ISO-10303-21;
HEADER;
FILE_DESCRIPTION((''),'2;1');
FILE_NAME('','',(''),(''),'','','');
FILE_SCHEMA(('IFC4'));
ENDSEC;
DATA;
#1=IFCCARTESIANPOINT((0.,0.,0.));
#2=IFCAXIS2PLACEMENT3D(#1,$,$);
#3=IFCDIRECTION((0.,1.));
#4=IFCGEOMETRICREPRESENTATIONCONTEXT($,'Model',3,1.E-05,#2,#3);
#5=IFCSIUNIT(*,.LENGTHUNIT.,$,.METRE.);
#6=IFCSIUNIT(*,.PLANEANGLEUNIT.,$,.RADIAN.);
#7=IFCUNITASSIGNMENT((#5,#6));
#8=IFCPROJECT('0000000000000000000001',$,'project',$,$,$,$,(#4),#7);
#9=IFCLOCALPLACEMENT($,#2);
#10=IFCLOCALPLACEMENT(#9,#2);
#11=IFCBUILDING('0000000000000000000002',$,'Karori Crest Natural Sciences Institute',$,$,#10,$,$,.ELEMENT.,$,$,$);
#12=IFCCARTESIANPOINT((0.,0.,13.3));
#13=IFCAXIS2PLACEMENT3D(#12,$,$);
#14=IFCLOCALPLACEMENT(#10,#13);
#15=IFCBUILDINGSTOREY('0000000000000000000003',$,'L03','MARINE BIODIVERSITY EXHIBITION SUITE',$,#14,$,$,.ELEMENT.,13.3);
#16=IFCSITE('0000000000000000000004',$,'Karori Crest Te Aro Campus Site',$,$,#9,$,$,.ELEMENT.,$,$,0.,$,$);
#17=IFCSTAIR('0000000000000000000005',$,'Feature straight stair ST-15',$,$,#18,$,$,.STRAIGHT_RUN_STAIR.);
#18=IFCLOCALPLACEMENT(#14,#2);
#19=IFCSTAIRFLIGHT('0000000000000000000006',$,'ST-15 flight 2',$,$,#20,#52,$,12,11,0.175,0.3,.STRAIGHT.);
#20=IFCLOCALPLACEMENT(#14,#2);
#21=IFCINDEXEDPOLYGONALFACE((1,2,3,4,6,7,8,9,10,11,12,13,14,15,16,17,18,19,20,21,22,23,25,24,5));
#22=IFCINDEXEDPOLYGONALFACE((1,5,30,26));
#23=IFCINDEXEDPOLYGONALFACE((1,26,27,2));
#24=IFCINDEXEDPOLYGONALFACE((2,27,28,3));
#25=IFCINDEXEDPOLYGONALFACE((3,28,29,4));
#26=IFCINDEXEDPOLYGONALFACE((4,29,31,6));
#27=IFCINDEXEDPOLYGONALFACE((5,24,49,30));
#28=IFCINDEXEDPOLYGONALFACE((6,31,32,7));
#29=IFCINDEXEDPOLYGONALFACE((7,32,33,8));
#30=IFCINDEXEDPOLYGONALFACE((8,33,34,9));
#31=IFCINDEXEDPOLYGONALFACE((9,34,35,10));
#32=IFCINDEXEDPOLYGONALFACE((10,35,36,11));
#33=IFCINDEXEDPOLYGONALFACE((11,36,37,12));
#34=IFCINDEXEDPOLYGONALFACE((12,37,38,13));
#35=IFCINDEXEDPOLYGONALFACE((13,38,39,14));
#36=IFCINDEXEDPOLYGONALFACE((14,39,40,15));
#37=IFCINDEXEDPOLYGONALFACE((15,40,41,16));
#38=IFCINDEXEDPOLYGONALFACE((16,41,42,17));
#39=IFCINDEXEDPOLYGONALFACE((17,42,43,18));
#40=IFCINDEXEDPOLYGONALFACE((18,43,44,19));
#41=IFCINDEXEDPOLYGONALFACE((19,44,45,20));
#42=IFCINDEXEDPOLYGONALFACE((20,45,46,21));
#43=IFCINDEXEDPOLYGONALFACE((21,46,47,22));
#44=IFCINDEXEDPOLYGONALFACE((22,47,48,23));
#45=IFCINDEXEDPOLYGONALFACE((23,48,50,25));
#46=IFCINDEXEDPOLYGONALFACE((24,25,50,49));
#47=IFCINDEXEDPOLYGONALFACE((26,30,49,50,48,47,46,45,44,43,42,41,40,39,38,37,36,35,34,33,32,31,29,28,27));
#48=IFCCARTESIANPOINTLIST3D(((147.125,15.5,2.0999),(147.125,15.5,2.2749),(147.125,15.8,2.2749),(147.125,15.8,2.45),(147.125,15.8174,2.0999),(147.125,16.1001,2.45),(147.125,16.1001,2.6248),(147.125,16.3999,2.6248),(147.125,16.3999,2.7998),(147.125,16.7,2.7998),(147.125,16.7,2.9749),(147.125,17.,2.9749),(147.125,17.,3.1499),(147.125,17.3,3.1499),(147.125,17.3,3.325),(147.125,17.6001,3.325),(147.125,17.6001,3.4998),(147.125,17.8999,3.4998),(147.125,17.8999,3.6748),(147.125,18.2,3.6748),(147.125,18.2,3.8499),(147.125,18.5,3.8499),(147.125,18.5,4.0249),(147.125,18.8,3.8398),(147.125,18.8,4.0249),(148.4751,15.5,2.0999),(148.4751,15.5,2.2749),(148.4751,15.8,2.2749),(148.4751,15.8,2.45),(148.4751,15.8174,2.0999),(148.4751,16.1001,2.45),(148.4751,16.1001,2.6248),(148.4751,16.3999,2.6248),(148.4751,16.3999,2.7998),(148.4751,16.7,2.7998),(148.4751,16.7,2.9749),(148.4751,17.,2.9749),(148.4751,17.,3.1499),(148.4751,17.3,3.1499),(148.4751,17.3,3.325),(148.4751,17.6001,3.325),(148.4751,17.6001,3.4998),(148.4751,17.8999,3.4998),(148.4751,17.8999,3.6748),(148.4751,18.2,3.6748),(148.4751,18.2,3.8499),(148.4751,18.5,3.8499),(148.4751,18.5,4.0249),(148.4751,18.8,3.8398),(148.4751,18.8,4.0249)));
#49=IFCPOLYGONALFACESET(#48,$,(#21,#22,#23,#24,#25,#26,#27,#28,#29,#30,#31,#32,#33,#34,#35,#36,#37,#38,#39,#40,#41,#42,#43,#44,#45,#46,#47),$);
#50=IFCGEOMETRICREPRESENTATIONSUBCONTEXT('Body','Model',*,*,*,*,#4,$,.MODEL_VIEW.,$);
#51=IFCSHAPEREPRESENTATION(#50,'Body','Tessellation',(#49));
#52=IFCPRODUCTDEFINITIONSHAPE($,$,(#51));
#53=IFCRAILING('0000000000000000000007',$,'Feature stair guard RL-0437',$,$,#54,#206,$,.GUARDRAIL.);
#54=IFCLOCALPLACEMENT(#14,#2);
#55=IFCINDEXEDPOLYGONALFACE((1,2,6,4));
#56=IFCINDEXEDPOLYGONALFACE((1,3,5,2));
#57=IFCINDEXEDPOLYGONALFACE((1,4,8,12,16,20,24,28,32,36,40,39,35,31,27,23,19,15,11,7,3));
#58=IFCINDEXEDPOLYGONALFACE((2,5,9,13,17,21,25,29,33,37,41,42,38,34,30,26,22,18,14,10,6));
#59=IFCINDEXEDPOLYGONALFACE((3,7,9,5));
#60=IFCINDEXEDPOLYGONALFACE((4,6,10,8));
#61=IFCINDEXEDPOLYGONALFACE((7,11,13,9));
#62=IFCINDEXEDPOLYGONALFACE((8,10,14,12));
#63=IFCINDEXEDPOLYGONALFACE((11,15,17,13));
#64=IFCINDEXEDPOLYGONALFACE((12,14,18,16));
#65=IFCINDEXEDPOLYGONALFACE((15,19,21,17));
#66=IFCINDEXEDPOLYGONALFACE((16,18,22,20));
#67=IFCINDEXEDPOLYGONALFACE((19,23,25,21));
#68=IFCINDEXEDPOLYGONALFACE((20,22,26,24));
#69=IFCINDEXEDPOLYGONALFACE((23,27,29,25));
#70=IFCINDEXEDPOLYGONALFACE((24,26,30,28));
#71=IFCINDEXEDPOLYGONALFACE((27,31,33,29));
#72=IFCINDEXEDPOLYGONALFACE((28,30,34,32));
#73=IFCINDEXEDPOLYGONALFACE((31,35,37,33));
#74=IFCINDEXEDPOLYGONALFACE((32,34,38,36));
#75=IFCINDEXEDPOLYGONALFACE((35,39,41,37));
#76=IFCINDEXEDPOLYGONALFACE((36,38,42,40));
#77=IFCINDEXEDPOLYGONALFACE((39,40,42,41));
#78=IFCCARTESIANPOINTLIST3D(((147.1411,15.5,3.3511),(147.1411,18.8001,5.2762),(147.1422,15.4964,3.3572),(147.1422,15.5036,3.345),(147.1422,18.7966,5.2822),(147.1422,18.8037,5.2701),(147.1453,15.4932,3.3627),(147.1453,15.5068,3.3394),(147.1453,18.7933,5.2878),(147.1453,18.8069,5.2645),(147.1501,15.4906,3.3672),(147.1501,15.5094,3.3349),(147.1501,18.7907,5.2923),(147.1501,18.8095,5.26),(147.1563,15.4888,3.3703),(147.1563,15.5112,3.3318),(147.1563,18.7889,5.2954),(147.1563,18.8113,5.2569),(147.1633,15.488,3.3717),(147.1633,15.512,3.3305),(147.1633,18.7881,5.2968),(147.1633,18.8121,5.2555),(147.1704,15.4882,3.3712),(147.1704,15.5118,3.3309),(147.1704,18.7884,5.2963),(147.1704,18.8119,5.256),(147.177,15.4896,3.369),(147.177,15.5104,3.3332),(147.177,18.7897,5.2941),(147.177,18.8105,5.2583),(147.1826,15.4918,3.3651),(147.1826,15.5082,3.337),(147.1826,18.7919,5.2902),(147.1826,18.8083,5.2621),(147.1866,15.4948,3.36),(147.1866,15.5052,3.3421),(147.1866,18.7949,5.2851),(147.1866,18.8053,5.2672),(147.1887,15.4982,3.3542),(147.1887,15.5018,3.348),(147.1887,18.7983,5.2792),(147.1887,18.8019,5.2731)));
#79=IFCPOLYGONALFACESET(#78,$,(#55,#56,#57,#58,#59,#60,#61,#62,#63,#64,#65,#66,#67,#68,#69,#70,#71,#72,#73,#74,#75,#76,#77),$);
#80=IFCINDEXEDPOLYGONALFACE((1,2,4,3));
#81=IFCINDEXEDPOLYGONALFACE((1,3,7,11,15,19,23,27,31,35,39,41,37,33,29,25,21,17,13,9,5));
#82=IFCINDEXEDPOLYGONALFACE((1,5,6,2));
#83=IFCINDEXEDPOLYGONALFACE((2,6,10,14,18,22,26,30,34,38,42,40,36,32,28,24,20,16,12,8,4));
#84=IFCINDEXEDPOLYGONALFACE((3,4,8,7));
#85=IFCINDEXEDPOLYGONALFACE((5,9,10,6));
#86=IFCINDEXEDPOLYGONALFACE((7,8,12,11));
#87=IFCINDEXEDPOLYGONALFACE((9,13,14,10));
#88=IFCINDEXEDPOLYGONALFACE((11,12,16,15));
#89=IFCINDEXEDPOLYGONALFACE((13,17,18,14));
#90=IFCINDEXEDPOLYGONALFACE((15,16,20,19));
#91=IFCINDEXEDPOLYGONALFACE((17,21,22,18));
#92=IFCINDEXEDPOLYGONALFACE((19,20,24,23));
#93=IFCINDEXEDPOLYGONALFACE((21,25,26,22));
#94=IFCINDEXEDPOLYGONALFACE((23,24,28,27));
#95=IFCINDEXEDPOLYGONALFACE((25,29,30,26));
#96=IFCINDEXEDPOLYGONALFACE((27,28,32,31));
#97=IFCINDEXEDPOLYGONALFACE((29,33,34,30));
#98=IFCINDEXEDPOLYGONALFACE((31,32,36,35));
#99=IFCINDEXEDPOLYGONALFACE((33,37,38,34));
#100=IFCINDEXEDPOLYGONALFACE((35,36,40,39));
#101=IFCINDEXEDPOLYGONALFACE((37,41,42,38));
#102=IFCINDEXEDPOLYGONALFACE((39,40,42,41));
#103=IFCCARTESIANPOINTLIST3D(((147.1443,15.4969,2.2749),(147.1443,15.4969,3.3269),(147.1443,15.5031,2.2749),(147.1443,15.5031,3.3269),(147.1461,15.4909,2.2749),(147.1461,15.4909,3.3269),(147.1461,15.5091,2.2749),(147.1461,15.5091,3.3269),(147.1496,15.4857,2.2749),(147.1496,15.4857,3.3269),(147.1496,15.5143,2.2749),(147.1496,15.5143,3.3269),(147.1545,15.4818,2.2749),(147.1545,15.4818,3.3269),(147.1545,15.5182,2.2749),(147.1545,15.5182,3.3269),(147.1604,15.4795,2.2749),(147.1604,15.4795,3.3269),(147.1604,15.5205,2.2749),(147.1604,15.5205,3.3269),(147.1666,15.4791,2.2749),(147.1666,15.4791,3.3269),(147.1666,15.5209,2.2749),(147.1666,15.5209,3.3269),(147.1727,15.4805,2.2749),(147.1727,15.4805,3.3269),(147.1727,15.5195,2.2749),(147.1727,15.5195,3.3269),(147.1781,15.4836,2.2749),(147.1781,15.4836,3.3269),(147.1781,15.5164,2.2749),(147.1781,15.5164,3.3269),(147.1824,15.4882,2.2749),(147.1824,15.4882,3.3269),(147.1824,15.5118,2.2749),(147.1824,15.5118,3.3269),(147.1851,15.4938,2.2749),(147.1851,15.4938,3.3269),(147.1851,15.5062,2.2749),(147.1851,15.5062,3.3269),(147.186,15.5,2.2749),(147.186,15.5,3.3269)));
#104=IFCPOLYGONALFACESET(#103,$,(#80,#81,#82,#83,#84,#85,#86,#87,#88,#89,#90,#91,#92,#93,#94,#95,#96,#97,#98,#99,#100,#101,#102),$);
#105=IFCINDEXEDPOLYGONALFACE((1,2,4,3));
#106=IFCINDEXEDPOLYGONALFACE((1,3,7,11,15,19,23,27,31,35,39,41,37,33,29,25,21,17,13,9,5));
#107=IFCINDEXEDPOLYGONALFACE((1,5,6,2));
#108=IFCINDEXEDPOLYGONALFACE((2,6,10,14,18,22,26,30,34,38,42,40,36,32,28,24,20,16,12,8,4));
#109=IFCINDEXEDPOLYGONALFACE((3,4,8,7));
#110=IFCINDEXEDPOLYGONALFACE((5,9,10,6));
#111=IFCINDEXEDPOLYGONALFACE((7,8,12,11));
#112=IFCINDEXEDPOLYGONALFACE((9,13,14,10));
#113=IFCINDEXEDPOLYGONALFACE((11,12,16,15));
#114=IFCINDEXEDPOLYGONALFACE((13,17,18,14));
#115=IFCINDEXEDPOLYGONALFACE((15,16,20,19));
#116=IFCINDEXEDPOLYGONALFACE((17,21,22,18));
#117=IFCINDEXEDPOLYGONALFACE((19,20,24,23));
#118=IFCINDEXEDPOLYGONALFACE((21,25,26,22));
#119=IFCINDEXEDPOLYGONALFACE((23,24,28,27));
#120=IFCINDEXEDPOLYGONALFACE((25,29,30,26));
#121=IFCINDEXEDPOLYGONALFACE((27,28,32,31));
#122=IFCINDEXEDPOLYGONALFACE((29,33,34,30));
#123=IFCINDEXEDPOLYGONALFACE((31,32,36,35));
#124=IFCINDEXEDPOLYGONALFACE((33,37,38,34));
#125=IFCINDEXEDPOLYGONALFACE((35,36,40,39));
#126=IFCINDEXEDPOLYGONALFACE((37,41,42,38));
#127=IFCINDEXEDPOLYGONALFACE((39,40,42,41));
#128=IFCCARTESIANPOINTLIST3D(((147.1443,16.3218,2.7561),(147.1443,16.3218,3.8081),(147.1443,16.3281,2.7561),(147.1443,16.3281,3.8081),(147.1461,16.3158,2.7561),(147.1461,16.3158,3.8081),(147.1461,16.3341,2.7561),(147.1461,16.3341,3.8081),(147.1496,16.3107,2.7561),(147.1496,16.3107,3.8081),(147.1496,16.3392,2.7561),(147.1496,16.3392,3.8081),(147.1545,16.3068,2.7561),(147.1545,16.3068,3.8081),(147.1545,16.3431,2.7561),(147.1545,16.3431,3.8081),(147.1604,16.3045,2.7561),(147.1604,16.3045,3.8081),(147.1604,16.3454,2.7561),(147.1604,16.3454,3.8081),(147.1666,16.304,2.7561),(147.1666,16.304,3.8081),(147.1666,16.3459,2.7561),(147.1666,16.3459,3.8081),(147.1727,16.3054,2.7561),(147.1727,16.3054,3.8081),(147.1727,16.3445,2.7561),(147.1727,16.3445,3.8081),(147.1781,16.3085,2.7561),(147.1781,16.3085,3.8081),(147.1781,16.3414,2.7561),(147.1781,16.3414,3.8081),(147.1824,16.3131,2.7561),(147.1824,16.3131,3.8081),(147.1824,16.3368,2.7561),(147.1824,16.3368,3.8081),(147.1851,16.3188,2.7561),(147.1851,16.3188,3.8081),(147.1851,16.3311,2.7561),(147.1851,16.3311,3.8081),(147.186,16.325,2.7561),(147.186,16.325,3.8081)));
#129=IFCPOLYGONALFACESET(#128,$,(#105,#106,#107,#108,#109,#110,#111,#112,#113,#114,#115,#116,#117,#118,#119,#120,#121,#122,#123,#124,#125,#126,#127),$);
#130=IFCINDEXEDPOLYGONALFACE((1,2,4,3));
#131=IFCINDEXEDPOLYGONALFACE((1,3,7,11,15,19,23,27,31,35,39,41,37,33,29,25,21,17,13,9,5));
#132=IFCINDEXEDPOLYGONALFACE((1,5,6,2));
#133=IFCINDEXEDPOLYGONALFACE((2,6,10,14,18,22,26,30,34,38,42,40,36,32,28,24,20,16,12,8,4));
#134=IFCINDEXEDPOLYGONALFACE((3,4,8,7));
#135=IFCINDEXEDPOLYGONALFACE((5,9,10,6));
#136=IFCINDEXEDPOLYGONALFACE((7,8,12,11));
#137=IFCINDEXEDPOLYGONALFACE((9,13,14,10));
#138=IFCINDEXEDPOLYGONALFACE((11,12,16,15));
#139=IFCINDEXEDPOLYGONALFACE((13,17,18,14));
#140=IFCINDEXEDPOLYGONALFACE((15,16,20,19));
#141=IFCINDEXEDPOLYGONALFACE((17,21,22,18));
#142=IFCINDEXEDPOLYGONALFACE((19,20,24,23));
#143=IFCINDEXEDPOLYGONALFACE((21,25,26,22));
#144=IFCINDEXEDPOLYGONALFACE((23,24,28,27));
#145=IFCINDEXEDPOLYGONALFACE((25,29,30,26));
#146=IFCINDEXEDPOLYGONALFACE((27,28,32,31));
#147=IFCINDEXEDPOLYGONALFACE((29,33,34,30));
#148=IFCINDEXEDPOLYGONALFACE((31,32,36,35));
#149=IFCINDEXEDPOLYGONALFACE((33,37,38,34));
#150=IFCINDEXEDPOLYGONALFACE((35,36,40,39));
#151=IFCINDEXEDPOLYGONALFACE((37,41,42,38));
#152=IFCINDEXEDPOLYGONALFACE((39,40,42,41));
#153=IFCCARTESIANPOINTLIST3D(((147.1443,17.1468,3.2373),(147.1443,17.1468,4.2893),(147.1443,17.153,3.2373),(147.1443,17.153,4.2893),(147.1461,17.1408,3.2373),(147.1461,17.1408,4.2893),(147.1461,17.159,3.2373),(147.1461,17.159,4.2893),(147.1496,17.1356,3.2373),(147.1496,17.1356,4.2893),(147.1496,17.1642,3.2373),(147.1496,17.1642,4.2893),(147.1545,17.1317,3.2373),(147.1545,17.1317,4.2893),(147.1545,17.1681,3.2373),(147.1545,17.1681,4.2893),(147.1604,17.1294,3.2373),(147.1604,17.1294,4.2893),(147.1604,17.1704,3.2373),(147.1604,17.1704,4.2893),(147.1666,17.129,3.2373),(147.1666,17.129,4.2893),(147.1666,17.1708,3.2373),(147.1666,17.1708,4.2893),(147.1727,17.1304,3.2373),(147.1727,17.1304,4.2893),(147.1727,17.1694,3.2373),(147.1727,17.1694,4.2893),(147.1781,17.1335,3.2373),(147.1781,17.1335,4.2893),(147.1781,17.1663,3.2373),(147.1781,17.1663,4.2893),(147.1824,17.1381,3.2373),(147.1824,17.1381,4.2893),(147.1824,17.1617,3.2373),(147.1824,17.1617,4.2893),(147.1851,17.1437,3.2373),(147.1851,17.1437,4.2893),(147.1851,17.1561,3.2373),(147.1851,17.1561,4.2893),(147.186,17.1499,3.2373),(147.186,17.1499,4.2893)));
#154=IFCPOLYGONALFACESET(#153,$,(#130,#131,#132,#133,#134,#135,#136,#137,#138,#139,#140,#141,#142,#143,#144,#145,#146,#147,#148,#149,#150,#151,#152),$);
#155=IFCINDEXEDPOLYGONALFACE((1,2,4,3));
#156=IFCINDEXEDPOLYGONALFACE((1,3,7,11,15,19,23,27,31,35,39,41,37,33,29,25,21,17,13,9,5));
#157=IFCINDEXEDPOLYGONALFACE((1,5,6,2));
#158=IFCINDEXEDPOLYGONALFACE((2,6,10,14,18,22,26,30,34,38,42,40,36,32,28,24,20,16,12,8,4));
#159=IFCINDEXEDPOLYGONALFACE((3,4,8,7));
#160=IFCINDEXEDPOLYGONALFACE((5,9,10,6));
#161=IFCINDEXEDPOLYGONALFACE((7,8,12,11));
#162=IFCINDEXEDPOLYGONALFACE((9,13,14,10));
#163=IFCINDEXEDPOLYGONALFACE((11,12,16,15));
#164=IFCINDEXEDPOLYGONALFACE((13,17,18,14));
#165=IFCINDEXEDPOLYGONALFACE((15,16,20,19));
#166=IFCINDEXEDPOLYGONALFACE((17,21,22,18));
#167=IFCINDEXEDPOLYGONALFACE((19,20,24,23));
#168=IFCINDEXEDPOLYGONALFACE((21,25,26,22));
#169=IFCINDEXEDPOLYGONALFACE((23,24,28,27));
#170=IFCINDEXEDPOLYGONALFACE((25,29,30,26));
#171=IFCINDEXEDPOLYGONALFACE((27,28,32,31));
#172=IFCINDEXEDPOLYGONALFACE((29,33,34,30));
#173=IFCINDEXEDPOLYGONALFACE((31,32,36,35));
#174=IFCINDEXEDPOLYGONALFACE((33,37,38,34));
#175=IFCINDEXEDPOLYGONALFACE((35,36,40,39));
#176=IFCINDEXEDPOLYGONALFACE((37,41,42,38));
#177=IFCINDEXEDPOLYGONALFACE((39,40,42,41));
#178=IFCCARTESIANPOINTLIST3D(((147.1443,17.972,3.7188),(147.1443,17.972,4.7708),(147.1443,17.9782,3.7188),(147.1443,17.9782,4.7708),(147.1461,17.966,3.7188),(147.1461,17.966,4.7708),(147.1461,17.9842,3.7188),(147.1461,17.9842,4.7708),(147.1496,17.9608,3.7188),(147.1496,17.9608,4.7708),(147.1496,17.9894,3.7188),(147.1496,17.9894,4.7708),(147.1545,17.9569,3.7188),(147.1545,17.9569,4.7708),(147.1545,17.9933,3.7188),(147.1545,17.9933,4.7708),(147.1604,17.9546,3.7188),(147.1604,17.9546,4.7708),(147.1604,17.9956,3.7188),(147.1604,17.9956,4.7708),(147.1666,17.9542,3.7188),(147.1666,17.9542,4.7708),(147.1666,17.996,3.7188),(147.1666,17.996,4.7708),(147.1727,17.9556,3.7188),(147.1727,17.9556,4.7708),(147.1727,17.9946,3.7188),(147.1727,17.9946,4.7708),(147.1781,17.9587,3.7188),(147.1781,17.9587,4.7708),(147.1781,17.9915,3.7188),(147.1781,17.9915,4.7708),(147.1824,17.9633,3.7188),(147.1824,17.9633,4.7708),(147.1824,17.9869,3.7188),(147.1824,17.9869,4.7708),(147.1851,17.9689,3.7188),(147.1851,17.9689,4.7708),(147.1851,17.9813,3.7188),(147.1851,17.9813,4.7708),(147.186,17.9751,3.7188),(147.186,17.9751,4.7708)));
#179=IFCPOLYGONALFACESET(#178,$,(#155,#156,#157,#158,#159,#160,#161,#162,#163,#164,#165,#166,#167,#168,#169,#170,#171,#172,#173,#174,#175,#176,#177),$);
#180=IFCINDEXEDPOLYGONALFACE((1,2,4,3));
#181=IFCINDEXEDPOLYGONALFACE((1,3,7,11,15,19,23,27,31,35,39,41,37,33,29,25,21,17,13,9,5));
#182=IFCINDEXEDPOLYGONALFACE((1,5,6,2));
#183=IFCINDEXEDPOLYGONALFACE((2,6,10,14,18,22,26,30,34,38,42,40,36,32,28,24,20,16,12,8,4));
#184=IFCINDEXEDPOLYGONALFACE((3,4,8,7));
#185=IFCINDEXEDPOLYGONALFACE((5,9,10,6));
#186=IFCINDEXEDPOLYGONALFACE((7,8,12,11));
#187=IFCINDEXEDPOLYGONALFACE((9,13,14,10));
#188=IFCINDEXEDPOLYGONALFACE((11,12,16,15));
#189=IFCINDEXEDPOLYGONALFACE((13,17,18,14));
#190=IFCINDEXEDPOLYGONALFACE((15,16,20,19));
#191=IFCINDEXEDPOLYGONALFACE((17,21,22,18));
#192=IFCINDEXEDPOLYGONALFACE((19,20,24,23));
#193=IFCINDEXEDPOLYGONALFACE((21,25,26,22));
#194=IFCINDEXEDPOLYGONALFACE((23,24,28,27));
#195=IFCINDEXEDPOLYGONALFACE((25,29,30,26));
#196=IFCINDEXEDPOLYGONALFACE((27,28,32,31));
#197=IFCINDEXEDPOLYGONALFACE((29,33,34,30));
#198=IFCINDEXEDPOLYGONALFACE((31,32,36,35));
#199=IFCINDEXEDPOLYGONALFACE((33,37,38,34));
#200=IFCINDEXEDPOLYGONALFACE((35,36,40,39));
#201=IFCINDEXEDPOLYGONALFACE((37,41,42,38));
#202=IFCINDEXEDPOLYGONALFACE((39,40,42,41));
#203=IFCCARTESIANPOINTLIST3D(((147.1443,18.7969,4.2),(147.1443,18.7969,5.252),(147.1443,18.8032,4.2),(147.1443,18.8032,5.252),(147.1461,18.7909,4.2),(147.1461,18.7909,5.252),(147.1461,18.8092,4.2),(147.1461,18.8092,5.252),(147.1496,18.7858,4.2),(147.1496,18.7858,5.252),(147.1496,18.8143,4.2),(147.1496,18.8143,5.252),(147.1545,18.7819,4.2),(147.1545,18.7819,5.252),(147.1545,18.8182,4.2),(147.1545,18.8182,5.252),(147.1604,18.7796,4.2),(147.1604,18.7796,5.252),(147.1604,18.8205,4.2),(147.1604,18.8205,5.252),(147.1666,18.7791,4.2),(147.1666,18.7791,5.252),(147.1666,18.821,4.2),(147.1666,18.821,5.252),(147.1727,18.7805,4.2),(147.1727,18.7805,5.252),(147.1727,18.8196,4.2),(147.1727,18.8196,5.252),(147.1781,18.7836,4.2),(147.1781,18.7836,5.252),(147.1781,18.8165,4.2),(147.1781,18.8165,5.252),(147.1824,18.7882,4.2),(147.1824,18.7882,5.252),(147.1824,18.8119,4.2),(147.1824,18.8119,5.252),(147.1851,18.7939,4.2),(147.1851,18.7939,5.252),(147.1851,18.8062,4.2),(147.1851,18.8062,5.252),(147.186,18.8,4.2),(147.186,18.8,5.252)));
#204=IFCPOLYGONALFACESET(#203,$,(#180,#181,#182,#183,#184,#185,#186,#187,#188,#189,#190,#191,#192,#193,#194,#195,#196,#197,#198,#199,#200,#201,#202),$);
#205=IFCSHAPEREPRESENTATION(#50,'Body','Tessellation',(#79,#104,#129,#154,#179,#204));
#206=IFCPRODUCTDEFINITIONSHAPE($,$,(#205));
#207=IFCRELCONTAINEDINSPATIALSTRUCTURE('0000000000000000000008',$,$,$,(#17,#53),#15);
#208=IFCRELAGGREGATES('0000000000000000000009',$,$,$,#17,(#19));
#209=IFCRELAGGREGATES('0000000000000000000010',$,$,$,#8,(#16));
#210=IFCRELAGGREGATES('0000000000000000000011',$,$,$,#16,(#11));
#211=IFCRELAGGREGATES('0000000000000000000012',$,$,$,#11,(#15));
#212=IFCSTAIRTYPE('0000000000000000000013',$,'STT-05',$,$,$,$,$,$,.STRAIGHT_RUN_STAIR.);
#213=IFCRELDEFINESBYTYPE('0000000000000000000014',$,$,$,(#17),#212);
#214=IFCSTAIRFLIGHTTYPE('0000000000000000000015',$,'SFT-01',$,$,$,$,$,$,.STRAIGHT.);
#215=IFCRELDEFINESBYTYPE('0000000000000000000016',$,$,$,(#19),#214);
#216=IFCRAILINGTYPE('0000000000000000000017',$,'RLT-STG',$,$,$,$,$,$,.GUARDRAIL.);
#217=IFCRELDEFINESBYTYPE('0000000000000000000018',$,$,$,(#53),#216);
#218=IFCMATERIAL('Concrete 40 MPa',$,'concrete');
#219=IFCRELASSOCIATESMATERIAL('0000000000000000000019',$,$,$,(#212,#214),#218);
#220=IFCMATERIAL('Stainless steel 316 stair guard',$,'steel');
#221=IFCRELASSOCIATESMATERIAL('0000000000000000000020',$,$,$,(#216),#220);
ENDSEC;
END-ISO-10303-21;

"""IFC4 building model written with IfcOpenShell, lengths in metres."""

from ifc_helpers import new_model, si_unit, direction, frame, origin, origin_2d, place, context, subcontext, project, spatial, polyline, circle, outline, extrude, material, type_object, element, aggregate, save


model = new_model("IFC4")

# Units and contexts
model_context = context("Model", 3, precision=1e-05, world=origin(), true_north=direction((0.0, 1.0)))
body_context = subcontext(model_context, "Body", "Model", "MODEL_VIEW")
ifc_project = project(units=[si_unit("LENGTHUNIT", "METRE"), si_unit("PLANEANGLEUNIT", "RADIAN")], contexts=[model_context])

# Site, building, storey
site_placement = place(None, origin())
site = spatial("IfcSite", under=ifc_project, at=site_placement, Name="Karori Crest Te Aro Campus Site", CompositionType="ELEMENT", RefElevation=0.0)
building_placement = place(site_placement, origin())
building = spatial("IfcBuilding", under=site, at=building_placement, Name="Karori Crest Natural Sciences Institute", CompositionType="ELEMENT")
storey_placement = place(building_placement, frame((0.0, 0.0, 13.3)))
storey = spatial("IfcBuildingStorey", under=building, at=storey_placement, Name="L03", Description="MARINE BIODIVERSITY EXHIBITION SUITE", CompositionType="ELEMENT", Elevation=13.3)

# Stair, stair flight
ifc_material_1 = material(Name="Concrete 40 MPa", Category="concrete")
stair_type = type_object("IfcStairType", Name="STT-05", PredefinedType="STRAIGHT_RUN_STAIR", material=ifc_material_1)
stair_placement = place(storey_placement, origin())
stair = element("IfcStair", 1, at=stair_placement, inside=storey, type_object=stair_type, Name="Feature straight stair ST-15", PredefinedType="STRAIGHT_RUN_STAIR")
stair_flight_type = type_object("IfcStairFlightType", Name="SFT-01", PredefinedType="STRAIGHT", material=ifc_material_1)
stair_flight_placement = place(storey_placement, frame((147.8, 15.5, 2.0999), z_axis=(0.0, 0.0, 1.0), x_axis=(0.0, 1.0, 0.0)))
stair_flight = element("IfcStairFlight", 2, at=stair_flight_placement, type_object=stair_flight_type, Name="ST-15 flight 2", NumberOfRisers=12, NumberOfTreads=11, PredefinedType="STRAIGHT", RiserHeight=0.175, TreadLength=0.3, context=body_context, shape_type="SweptSolid", body=[
    extrude(outline(polyline([(0.0, 0.0), (0.0, 0.175), (0.3, 0.175), (0.3, 0.3501), (0.6001, 0.3501), (0.6001, 0.5249), (0.8999, 0.5249), (0.8999, 0.7), (1.2, 0.7), (1.2, 0.875), (1.5, 0.875), (1.5, 1.05), (1.8, 1.05), (1.8, 1.2251), (2.1001, 1.2251), (2.1001, 1.3999), (2.3999, 1.3999), (2.3999, 1.575), (2.7, 1.575), (2.7, 1.75), (3.0, 1.75), (3.0, 1.925), (3.3, 1.925), (3.3, 2.1001), (3.3, 1.74), (0.3174, 0.0), (0.0, 0.0)])), frame((0.0, 0.675, 0.0), z_axis=(0.0, -1.0, 0.0), x_axis=(1.0, 0.0, 0.0)), (0.0, 0.0, 1.0), 1.3501),
])
aggregate(stair, [stair_flight])

# Railing
ifc_material_2 = material(Name="Stainless steel 316 stair guard", Category="steel")
railing_type = type_object("IfcRailingType", Name="RLT-STG", PredefinedType="GUARDRAIL", material=ifc_material_2)
for number, where, name in (
    (3, (147.165, 15.5, 2.2749), "Feature stair guard RL-0437"),
):
    element("IfcRailing", number, at=place(storey_placement, frame(where)), inside=storey, type_object=railing_type, Name=name, PredefinedType="GUARDRAIL", context=body_context, shape_type="SweptSolid", body=[
        extrude(circle(Radius=0.0239, at=origin_2d()), frame((0.0, 0.0, 1.0762), z_axis=(0.0, 0.863777, 0.503875), x_axis=(-1.0, 0.0, 0.0)), (0.0, 0.0, 1.0), 3.8206),
        extrude(circle(Radius=0.021, at=origin_2d()), origin(), (0.0, 0.0, 1.0), 1.052),
        extrude(circle(Radius=0.021, at=origin_2d()), frame((0.0, 0.825, 0.4812)), (0.0, 0.0, 1.0), 1.052),
        extrude(circle(Radius=0.021, at=origin_2d()), frame((0.0, 1.6499, 0.9624)), (0.0, 0.0, 1.0), 1.052),
        extrude(circle(Radius=0.021, at=origin_2d()), frame((0.0, 2.4751, 1.4438)), (0.0, 0.0, 1.0), 1.052),
        extrude(circle(Radius=0.021, at=origin_2d()), frame((0.0, 3.3, 1.925)), (0.0, 0.0, 1.0), 1.052),
    ])

save(model, "model.ifc")
